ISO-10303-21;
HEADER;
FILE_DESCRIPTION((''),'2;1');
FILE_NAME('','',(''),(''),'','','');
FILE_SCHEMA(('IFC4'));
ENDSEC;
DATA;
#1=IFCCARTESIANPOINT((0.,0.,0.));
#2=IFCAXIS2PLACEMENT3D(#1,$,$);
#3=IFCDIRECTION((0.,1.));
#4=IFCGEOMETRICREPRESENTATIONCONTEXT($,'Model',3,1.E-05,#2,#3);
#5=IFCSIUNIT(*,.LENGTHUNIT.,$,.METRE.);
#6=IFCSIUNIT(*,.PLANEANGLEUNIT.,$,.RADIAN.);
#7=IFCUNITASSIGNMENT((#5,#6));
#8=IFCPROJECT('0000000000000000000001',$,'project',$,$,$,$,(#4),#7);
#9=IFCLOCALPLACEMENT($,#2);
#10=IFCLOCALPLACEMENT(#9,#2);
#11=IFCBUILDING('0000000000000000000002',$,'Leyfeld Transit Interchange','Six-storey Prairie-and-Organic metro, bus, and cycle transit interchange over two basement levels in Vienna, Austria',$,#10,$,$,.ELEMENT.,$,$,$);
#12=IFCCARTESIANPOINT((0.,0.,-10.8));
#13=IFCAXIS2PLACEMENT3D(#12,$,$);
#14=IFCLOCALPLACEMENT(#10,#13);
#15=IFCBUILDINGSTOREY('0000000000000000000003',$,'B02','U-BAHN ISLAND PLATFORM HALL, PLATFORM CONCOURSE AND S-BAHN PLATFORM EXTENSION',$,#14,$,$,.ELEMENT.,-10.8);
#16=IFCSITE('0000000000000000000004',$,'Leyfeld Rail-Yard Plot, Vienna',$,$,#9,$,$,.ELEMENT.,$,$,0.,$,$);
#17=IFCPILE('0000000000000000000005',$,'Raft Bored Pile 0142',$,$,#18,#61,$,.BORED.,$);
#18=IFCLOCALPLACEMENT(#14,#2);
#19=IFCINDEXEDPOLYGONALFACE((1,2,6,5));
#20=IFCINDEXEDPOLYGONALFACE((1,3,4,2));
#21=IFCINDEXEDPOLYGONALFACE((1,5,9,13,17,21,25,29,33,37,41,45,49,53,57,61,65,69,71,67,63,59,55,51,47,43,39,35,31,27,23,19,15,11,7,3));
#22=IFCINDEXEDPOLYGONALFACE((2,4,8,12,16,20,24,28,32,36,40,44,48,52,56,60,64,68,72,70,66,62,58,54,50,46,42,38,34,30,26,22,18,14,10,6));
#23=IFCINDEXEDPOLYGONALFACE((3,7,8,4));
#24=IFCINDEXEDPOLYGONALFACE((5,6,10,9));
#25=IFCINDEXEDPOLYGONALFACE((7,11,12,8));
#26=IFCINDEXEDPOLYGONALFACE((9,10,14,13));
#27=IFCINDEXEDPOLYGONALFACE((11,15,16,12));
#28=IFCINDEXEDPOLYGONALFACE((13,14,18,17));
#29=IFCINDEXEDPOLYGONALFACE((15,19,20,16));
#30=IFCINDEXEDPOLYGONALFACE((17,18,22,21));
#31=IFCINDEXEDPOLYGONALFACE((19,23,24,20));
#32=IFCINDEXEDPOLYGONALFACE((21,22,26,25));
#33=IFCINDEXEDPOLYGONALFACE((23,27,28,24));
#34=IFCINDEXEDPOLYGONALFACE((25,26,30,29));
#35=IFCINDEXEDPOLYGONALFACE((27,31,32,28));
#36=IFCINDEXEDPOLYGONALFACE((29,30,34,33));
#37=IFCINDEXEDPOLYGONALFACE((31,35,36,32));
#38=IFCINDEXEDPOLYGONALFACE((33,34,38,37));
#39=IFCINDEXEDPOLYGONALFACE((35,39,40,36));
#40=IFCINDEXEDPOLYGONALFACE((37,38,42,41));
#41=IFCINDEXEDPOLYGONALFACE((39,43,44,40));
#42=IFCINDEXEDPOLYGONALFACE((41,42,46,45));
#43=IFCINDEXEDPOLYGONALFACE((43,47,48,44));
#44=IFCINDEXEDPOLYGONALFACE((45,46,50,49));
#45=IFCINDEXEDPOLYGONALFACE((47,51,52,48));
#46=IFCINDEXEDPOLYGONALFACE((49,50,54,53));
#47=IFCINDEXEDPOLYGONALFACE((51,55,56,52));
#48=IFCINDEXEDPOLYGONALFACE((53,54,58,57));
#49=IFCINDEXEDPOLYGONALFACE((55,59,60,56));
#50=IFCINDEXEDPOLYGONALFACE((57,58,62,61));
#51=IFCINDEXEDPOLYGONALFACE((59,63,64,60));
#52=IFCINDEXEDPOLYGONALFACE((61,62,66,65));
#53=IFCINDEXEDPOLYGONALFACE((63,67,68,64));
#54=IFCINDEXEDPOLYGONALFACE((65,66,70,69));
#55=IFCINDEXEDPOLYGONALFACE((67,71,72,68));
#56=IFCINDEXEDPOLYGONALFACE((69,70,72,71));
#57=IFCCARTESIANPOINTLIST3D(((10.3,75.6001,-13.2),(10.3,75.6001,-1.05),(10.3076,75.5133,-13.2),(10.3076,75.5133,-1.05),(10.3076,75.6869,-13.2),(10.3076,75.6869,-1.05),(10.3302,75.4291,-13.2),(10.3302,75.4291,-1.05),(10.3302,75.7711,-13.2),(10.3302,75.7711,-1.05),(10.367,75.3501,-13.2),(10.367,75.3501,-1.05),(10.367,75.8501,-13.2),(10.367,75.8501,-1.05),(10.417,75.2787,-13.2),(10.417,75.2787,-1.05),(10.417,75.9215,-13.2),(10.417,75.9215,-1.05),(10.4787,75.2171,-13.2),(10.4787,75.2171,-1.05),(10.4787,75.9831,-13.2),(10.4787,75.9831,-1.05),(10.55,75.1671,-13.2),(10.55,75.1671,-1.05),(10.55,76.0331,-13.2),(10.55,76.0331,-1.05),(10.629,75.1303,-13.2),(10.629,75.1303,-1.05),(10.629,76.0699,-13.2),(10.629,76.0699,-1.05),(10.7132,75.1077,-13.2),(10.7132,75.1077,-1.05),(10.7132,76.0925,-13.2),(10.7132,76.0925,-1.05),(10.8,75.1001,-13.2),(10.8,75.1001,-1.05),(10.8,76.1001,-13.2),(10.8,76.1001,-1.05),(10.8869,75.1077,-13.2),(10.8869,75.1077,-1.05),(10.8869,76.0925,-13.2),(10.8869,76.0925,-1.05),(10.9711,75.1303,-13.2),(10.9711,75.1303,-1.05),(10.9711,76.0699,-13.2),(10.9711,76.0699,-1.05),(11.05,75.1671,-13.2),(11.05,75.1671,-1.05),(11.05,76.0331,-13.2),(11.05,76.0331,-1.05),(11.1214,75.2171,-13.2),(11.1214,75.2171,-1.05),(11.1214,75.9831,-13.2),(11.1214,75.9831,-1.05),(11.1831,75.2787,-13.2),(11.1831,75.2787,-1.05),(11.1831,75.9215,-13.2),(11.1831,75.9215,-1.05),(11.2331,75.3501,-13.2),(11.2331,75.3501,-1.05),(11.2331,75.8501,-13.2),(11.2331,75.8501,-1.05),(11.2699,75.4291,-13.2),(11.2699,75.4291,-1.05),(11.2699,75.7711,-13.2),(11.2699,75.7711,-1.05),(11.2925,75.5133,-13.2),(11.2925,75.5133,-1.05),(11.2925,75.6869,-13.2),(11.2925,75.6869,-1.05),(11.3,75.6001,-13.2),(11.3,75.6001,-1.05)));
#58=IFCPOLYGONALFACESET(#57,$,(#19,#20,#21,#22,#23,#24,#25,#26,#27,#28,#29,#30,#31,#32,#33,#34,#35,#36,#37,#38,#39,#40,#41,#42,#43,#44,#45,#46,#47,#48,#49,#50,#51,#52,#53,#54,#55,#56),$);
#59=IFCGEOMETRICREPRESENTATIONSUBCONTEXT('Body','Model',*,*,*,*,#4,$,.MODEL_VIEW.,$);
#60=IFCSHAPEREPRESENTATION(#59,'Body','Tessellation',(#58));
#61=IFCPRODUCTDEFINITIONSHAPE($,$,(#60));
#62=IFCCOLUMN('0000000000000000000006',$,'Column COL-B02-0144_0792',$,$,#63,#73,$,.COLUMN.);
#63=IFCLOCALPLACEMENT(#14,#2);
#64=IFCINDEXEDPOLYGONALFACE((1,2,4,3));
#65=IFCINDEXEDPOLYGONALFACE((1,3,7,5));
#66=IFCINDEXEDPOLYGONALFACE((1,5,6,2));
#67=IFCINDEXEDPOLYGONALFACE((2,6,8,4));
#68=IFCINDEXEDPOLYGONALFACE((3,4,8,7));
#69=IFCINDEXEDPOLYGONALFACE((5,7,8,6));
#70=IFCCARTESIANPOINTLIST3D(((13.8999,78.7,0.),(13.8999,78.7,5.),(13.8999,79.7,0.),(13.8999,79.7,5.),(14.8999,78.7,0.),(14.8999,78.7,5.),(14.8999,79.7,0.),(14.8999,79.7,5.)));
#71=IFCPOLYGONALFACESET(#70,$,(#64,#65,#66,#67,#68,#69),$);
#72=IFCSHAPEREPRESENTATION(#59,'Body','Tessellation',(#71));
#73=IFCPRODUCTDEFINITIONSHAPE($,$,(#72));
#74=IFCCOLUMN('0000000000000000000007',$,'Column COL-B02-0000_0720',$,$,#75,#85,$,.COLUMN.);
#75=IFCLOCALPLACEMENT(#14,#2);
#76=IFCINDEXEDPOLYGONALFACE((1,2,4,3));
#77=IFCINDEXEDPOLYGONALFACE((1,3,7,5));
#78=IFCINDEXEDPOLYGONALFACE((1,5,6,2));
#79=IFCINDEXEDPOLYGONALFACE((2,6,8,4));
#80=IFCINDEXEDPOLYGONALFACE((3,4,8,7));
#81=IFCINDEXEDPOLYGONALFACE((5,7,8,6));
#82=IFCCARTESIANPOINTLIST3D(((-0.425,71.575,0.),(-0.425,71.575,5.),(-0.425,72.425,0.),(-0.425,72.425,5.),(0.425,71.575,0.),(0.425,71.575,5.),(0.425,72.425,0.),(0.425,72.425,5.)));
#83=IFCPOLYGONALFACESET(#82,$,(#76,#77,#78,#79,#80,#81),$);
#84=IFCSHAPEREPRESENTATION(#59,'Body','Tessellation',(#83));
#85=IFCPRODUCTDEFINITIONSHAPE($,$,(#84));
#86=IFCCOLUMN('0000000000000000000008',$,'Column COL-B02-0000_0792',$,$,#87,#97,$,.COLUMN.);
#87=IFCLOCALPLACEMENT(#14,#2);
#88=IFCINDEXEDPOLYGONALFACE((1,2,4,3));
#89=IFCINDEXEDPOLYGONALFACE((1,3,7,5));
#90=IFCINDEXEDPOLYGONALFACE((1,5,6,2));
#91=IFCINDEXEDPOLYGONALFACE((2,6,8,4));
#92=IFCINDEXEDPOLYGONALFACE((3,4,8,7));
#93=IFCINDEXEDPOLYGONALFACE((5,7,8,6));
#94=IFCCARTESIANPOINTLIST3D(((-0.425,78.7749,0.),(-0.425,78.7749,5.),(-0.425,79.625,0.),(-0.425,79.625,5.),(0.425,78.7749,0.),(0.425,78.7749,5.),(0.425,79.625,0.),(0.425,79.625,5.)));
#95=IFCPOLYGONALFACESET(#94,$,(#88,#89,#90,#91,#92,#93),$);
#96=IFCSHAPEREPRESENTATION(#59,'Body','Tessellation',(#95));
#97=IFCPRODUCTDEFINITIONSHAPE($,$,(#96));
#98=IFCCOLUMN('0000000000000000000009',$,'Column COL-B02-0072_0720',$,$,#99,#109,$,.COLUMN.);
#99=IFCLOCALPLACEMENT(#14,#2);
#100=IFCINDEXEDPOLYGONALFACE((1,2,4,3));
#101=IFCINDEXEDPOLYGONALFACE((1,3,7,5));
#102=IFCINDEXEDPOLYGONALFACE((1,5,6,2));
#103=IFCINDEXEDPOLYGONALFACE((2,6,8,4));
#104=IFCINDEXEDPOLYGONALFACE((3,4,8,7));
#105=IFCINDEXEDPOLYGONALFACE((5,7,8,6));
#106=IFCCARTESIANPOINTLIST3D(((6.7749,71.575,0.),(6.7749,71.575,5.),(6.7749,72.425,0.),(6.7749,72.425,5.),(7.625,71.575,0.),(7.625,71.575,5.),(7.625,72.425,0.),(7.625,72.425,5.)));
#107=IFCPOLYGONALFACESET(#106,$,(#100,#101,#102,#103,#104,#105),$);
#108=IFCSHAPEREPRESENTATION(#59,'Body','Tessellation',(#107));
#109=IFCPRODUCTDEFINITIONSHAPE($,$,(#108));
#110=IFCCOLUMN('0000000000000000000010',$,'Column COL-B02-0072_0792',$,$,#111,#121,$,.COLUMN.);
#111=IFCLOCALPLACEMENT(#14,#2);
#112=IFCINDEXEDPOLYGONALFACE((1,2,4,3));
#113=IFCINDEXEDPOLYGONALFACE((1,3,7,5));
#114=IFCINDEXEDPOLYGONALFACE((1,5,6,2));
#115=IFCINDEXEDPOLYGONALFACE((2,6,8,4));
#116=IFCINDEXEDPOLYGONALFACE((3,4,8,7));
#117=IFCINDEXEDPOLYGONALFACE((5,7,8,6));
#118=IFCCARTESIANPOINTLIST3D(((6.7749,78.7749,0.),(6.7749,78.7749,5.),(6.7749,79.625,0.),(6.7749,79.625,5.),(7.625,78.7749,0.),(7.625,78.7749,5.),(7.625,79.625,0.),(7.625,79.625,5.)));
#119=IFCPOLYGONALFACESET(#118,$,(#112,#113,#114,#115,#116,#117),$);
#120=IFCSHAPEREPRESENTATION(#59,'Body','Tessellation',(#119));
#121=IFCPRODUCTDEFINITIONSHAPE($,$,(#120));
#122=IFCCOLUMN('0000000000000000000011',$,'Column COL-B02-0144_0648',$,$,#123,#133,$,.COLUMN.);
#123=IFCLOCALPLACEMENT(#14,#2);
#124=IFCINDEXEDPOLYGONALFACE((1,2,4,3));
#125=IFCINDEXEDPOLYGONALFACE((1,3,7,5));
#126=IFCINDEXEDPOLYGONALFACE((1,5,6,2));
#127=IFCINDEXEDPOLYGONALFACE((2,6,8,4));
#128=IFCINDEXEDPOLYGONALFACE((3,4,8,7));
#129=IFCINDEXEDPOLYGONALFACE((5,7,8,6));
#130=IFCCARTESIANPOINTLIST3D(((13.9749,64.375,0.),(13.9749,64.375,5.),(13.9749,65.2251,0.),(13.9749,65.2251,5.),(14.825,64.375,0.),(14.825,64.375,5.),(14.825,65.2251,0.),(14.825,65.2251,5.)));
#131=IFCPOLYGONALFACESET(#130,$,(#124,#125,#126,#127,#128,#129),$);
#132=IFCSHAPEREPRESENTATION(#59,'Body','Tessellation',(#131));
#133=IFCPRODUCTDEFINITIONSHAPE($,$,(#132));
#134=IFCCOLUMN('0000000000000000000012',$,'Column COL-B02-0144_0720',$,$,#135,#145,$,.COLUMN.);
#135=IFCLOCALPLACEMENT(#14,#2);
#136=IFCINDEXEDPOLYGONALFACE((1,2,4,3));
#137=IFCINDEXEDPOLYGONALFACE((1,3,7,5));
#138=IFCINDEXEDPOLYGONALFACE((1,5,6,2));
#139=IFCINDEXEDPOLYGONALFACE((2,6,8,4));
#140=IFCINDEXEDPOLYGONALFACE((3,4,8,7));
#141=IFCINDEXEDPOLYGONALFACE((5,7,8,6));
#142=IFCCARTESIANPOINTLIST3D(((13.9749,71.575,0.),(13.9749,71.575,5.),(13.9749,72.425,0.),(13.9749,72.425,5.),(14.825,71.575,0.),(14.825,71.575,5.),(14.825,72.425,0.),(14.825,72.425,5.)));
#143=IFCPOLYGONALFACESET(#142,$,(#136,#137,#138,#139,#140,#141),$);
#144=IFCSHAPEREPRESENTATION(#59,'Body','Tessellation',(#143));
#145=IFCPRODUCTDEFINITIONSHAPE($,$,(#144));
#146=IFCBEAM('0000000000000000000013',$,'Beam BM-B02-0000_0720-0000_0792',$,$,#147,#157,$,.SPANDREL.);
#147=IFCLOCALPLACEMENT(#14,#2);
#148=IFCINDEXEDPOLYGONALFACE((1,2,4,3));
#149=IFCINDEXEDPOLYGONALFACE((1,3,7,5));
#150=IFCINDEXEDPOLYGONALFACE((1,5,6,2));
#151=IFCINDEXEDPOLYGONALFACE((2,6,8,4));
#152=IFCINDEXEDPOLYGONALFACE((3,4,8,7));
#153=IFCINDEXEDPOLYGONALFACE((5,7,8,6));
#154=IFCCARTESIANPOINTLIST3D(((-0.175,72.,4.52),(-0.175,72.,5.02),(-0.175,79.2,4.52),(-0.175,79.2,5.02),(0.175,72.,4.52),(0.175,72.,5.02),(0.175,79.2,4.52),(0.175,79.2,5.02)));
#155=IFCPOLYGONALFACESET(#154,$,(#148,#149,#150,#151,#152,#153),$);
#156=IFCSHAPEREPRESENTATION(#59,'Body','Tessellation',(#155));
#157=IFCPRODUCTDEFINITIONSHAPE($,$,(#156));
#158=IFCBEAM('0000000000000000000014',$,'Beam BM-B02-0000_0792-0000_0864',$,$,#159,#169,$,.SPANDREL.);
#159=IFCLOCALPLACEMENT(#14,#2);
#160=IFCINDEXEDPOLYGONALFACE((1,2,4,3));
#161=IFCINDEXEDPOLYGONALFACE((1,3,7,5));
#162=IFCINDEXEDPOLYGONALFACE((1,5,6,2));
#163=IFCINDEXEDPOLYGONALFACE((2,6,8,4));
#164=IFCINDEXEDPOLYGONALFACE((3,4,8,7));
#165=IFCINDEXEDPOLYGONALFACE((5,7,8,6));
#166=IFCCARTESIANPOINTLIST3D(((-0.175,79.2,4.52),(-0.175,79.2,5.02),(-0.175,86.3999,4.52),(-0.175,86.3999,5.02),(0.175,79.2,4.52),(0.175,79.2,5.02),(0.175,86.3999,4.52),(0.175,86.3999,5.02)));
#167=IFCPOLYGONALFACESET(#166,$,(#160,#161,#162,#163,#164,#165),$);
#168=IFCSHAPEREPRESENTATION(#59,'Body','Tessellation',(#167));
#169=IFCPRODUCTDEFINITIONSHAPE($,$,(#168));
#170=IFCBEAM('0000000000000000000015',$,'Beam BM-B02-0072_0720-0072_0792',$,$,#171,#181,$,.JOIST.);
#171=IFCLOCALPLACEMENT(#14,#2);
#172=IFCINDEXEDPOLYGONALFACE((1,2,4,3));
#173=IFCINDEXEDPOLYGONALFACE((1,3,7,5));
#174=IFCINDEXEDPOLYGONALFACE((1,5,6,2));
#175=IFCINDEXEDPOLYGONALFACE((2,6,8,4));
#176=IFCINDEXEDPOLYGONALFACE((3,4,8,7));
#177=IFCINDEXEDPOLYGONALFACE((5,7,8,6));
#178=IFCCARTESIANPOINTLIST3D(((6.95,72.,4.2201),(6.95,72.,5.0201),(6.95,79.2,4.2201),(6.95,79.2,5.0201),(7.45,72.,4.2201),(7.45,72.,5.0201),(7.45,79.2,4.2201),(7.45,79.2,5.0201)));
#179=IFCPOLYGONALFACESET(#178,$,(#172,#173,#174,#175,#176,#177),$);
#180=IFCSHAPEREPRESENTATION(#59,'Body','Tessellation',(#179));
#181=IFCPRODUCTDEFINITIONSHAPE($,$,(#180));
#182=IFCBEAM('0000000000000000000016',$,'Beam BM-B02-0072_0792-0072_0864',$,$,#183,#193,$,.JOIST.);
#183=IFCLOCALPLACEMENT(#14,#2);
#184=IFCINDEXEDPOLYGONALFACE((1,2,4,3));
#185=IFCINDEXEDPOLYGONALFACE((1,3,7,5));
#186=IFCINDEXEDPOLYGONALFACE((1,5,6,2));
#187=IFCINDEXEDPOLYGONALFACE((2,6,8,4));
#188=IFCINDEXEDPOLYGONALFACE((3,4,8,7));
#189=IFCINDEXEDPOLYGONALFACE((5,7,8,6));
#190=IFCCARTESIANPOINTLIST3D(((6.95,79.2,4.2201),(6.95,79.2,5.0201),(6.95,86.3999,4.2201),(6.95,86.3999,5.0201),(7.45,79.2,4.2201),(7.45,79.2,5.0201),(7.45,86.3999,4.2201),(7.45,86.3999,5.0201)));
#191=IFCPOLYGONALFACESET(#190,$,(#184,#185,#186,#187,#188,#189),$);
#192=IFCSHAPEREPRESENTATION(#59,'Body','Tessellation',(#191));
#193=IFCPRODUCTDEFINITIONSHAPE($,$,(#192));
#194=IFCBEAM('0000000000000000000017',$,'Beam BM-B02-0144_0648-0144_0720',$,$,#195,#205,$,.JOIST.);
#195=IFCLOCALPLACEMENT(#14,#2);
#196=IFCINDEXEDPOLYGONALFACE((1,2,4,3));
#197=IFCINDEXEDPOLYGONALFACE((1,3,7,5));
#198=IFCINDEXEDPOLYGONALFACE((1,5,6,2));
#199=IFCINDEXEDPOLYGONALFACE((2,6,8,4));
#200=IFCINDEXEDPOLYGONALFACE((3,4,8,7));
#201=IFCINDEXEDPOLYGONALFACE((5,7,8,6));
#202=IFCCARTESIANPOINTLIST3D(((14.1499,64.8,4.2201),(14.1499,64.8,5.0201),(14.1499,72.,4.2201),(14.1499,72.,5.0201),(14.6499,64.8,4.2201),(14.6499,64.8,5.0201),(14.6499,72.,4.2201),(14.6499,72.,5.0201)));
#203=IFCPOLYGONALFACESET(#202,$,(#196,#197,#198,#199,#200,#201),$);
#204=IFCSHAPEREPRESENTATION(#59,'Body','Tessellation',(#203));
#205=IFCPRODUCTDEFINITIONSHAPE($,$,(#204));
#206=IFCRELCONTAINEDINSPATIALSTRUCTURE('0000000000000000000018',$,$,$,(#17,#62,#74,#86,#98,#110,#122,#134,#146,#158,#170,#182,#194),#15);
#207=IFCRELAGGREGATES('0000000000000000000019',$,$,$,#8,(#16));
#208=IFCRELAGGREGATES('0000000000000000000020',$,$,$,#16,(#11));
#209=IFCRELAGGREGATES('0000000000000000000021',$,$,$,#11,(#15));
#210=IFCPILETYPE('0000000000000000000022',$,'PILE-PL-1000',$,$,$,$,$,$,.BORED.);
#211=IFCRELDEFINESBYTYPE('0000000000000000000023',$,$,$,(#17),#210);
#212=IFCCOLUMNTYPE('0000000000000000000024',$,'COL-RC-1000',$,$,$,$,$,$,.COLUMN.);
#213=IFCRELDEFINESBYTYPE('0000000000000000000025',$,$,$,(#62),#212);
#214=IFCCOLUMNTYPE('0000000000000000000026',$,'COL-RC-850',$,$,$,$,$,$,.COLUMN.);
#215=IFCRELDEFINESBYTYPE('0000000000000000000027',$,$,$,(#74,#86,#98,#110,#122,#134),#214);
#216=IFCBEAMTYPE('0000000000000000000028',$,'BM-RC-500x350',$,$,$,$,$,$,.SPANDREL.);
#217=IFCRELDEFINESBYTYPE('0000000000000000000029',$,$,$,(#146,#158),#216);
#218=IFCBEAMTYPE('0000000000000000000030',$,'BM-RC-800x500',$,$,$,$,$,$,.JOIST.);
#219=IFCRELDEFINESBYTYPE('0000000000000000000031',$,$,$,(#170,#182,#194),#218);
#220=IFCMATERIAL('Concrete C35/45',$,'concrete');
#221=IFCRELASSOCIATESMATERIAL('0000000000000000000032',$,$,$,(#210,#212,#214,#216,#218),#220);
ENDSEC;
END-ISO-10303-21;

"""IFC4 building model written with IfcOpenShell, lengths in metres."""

from ifc_helpers import new_model, si_unit, direction, frame, origin, origin_2d, place, context, subcontext, project, spatial, rectangle, circle, extrude, material, material_profile, profile_set, type_object, element, save


model = new_model("IFC4")

# Units and contexts
model_context = context("Model", 3, precision=1e-05, world=origin(), true_north=direction((0.0, 1.0)))
body_context = subcontext(model_context, "Body", "Model", "MODEL_VIEW")
ifc_project = project(units=[si_unit("LENGTHUNIT", "METRE"), si_unit("PLANEANGLEUNIT", "RADIAN")], contexts=[model_context])

# Site, building, storey
site_placement = place(None, origin())
site = spatial("IfcSite", under=ifc_project, at=site_placement, Name="Leyfeld Rail-Yard Plot, Vienna", CompositionType="ELEMENT", RefElevation=0.0)
building_placement = place(site_placement, origin())
building = spatial("IfcBuilding", under=site, at=building_placement, Name="Leyfeld Transit Interchange", Description="Six-storey Prairie-and-Organic metro, bus, and cycle transit interchange over two basement levels in Vienna, Austria", CompositionType="ELEMENT")
storey_placement = place(building_placement, frame((0.0, 0.0, -10.8)))
storey = spatial("IfcBuildingStorey", under=building, at=storey_placement, Name="B02", Description="U-BAHN ISLAND PLATFORM HALL, PLATFORM CONCOURSE AND S-BAHN PLATFORM EXTENSION", CompositionType="ELEMENT", Elevation=-10.8)

# Pile
ifc_material_1 = material(Name="Concrete C35/45", Category="concrete")
ifc_material_profile_1 = material_profile(ifc_material_1, circle(Radius=0.5, at=origin_2d()), Name="PILE D1000")
ifc_profile_set_1 = profile_set([ifc_material_profile_1], Name="Concrete C35/45")
pile_type = type_object("IfcPileType", Name="PILE-PL-1000", PredefinedType="BORED", material=ifc_profile_set_1)
for number, where, z_axis, x_axis, name in (
    (1, (10.8, 75.6001, -1.05), (0.0, 0.0, -1.0), (1.0, 0.0, 0.0), "Raft Bored Pile 0142"),
):
    element("IfcPile", number, at=place(storey_placement, frame(where, z_axis=z_axis, x_axis=x_axis)), inside=storey, type_object=pile_type, Name=name, PredefinedType="BORED", context=body_context, shape_type="SweptSolid", body=[
        extrude(circle(Radius=0.5, at=origin_2d()), origin(), (0.0, 0.0, 1.0), 12.1499),
    ])

# Columns
ifc_material_profile_2 = material_profile(ifc_material_1, rectangle(XDim=1.0, YDim=1.0, at=origin_2d()), Name="RC 1000x1000")
ifc_profile_set_2 = profile_set([ifc_material_profile_2], Name="Concrete C35/45")
column_type_1 = type_object("IfcColumnType", Name="COL-RC-1000", PredefinedType="COLUMN", material=ifc_profile_set_2)
column_placement = place(storey_placement, frame((14.3999, 79.2, 0.0), z_axis=(0.0, 0.0, 1.0), x_axis=(1.0, 0.0, 0.0)))
element("IfcColumn", 2, at=column_placement, inside=storey, type_object=column_type_1, Name="Column COL-B02-0144_0792", PredefinedType="COLUMN", context=body_context, shape_type="SweptSolid", body=[
    extrude(rectangle(XDim=1.0, YDim=1.0, at=origin_2d()), origin(), (0.0, 0.0, 1.0), 5.0),
])
ifc_material_profile_3 = material_profile(ifc_material_1, rectangle(XDim=0.8501, YDim=0.8501, at=origin_2d()), Name="RC 850x850")
ifc_profile_set_3 = profile_set([ifc_material_profile_3], Name="Concrete C35/45")
column_type_2 = type_object("IfcColumnType", Name="COL-RC-850", PredefinedType="COLUMN", material=ifc_profile_set_3)
for number, where, z_axis, x_axis, name in (
    (3, (0.0, 72.0, 0.0), (0.0, 0.0, 1.0), (0.0, 1.0, 0.0), "Column COL-B02-0000_0720"),
    (4, (0.0, 79.2, 0.0), (0.0, 0.0, 1.0), (0.0, 1.0, 0.0), "Column COL-B02-0000_0792"),
    (5, (7.2, 72.0, 0.0), (0.0, 0.0, 1.0), (1.0, 0.0, 0.0), "Column COL-B02-0072_0720"),
    (6, (7.2, 79.2, 0.0), (0.0, 0.0, 1.0), (1.0, 0.0, 0.0), "Column COL-B02-0072_0792"),
    (7, (14.3999, 64.8, 0.0), (0.0, 0.0, 1.0), (1.0, 0.0, 0.0), "Column COL-B02-0144_0648"),
    (8, (14.3999, 72.0, 0.0), (0.0, 0.0, 1.0), (1.0, 0.0, 0.0), "Column COL-B02-0144_0720"),
):
    element("IfcColumn", number, at=place(storey_placement, frame(where, z_axis=z_axis, x_axis=x_axis)), inside=storey, type_object=column_type_2, Name=name, PredefinedType="COLUMN", context=body_context, shape_type="SweptSolid", body=[
        extrude(rectangle(XDim=0.8501, YDim=0.8501, at=origin_2d()), origin(), (0.0, 0.0, 1.0), 5.0),
    ])

# Beams
ifc_material_profile_4 = material_profile(ifc_material_1, rectangle(XDim=0.3501, YDim=0.5, at=origin_2d()), Name="RC 500x350")
ifc_profile_set_4 = profile_set([ifc_material_profile_4], Name="Concrete C35/45")
beam_type_1 = type_object("IfcBeamType", Name="BM-RC-500x350", PredefinedType="SPANDREL", material=ifc_profile_set_4)
for number, where, z_axis, x_axis, name in (
    (9, (0.0, 72.0, 4.77), (0.0, 1.0, 0.0), (-1.0, 0.0, 0.0), "Beam BM-B02-0000_0720-0000_0792"),
    (10, (0.0, 79.2, 4.77), (0.0, 1.0, 0.0), (-1.0, 0.0, 0.0), "Beam BM-B02-0000_0792-0000_0864"),
):
    element("IfcBeam", number, at=place(storey_placement, frame(where, z_axis=z_axis, x_axis=x_axis)), inside=storey, type_object=beam_type_1, Name=name, PredefinedType="SPANDREL", context=body_context, shape_type="SweptSolid", body=[
        extrude(rectangle(XDim=0.3501, YDim=0.5, at=origin_2d()), origin(), (0.0, 0.0, 1.0), 7.2),
    ])
ifc_material_profile_5 = material_profile(ifc_material_1, rectangle(XDim=0.5, YDim=0.8, at=origin_2d()), Name="RC 800x500")
ifc_profile_set_5 = profile_set([ifc_material_profile_5], Name="Concrete C35/45")
beam_type_2 = type_object("IfcBeamType", Name="BM-RC-800x500", PredefinedType="JOIST", material=ifc_profile_set_5)
for number, where, z_axis, x_axis, name in (
    (11, (7.2, 72.0, 4.6201), (0.0, 1.0, 0.0), (-1.0, 0.0, 0.0), "Beam BM-B02-0072_0720-0072_0792"),
    (12, (7.2, 79.2, 4.6201), (0.0, 1.0, 0.0), (-1.0, 0.0, 0.0), "Beam BM-B02-0072_0792-0072_0864"),
    (13, (14.3999, 64.8, 4.6201), (0.0, 1.0, 0.0), (-1.0, 0.0, 0.0), "Beam BM-B02-0144_0648-0144_0720"),
):
    element("IfcBeam", number, at=place(storey_placement, frame(where, z_axis=z_axis, x_axis=x_axis)), inside=storey, type_object=beam_type_2, Name=name, PredefinedType="JOIST", context=body_context, shape_type="SweptSolid", body=[
        extrude(rectangle(XDim=0.5, YDim=0.8, at=origin_2d()), origin(), (0.0, 0.0, 1.0), 7.2),
    ])

save(model, "model.ifc")
